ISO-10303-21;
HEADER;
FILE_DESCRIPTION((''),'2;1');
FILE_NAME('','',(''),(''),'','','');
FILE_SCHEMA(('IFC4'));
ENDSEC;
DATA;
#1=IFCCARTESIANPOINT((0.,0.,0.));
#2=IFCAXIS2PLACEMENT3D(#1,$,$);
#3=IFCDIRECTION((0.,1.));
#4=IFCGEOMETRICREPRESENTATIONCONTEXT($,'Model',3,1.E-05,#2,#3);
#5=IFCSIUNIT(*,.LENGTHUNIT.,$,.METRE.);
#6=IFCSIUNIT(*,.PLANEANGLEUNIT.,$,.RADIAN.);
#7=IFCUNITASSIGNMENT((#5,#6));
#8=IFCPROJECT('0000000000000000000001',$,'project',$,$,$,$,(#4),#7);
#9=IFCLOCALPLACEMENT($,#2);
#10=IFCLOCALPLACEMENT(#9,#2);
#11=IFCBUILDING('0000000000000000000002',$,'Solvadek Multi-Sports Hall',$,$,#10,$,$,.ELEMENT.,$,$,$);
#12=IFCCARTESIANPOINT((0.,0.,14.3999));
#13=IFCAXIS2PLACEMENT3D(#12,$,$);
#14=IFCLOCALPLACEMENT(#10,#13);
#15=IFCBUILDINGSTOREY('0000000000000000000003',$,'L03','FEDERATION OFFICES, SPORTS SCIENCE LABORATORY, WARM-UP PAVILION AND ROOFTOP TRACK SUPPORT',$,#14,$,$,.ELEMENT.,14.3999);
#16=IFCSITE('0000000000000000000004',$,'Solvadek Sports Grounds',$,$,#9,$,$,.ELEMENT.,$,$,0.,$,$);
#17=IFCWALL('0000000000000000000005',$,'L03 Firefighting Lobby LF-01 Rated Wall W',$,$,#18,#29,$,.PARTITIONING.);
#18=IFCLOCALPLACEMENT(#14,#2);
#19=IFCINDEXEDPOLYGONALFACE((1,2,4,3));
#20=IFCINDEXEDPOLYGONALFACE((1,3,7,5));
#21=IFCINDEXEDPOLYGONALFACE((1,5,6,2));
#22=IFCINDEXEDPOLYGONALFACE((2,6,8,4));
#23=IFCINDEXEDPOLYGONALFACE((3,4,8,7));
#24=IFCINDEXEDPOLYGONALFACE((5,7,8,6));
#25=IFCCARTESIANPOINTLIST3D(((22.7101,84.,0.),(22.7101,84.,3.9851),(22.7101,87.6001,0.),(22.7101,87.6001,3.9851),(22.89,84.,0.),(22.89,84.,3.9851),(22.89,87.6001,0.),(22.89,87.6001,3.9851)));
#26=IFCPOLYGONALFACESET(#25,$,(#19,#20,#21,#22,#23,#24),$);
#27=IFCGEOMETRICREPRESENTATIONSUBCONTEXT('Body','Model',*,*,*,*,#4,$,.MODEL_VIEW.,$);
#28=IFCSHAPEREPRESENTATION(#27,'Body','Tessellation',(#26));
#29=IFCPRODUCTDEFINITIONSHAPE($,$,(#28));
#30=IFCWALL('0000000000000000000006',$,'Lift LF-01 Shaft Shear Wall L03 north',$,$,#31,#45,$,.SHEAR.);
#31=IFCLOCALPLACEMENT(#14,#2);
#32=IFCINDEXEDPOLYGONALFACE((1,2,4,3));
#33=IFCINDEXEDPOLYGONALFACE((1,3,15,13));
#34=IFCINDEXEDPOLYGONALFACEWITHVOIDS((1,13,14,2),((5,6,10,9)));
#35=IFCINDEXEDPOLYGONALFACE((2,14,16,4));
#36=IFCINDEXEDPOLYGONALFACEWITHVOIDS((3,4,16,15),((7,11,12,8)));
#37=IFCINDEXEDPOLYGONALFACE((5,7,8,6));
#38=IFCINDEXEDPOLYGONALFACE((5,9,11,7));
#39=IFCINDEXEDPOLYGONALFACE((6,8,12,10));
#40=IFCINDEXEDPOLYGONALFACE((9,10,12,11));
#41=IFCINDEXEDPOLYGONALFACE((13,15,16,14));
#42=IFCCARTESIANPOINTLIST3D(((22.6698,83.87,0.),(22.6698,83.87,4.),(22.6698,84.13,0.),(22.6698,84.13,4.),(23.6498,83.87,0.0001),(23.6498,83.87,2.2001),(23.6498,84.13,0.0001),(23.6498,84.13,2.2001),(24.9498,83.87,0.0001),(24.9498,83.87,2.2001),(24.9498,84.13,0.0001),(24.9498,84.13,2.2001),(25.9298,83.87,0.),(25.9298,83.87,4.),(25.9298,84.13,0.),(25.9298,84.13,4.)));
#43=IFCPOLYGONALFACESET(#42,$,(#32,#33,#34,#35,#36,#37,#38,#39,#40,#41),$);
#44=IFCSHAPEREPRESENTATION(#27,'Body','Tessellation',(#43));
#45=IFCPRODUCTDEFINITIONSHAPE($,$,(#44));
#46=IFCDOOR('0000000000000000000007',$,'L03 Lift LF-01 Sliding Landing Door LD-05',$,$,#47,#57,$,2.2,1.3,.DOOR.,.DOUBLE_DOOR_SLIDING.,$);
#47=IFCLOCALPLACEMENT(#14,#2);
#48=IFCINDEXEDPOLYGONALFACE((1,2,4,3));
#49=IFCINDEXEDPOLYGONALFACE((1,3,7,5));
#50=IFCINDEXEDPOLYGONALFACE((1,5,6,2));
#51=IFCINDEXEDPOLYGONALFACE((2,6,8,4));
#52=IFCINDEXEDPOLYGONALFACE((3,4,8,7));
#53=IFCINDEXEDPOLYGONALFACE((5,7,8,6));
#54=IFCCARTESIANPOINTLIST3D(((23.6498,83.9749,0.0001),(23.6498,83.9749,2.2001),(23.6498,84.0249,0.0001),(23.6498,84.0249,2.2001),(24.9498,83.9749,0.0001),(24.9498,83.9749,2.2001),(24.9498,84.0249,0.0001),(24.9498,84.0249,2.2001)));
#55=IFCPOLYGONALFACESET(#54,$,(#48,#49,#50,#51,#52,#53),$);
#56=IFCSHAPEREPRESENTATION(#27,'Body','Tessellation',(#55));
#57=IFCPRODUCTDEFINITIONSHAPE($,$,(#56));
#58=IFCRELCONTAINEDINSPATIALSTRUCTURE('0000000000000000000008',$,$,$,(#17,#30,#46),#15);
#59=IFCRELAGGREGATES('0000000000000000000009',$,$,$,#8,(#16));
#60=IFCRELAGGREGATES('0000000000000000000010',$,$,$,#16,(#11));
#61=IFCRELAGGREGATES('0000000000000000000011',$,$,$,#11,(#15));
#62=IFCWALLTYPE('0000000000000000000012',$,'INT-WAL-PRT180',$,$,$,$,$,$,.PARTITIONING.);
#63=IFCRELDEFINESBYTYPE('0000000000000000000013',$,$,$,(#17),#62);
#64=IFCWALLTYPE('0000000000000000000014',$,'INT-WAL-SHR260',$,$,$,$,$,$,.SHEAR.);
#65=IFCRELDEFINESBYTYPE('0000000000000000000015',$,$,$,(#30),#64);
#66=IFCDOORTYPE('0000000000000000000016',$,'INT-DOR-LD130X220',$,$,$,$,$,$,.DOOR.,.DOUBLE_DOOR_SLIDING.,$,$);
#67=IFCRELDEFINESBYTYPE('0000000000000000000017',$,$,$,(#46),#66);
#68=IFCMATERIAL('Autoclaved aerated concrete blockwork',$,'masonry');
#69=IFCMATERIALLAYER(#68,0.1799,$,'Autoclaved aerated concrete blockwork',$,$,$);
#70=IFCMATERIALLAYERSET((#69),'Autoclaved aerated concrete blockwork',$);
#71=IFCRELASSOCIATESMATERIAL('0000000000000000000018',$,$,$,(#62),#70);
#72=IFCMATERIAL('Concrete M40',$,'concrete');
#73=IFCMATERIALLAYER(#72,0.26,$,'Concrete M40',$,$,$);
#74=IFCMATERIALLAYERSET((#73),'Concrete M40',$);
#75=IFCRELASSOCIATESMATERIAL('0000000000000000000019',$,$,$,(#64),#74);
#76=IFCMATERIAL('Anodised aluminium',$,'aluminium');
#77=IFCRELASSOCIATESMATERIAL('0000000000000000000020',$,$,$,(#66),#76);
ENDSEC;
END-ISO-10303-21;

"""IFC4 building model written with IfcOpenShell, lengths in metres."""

from ifc_helpers import new_model, si_unit, direction, frame, frame_2d, origin, place, context, subcontext, project, spatial, rectangle, extrude, material, layer, layer_set, type_object, element, fill, save


model = new_model("IFC4")

# Units and contexts
model_context = context("Model", 3, precision=1e-05, world=origin(), true_north=direction((0.0, 1.0)))
body_context = subcontext(model_context, "Body", "Model", "MODEL_VIEW")
ifc_project = project(units=[si_unit("LENGTHUNIT", "METRE"), si_unit("PLANEANGLEUNIT", "RADIAN")], contexts=[model_context])

# Site, building, storey
site_placement = place(None, origin())
site = spatial("IfcSite", under=ifc_project, at=site_placement, Name="Solvadek Sports Grounds", CompositionType="ELEMENT", RefElevation=0.0)
building_placement = place(site_placement, origin())
building = spatial("IfcBuilding", under=site, at=building_placement, Name="Solvadek Multi-Sports Hall", CompositionType="ELEMENT")
storey_placement = place(building_placement, frame((0.0, 0.0, 14.3999)))
storey = spatial("IfcBuildingStorey", under=building, at=storey_placement, Name="L03", Description="FEDERATION OFFICES, SPORTS SCIENCE LABORATORY, WARM-UP PAVILION AND ROOFTOP TRACK SUPPORT", CompositionType="ELEMENT", Elevation=14.3999)

# Shared definitions
ifc_material_1 = material(Name="Anodised aluminium", Category="aluminium")

# Wall
ifc_material_2 = material(Name="Autoclaved aerated concrete blockwork", Category="masonry")
ifc_layer_1 = layer(ifc_material_2, 0.1799, Name="Autoclaved aerated concrete blockwork")
ifc_layer_set_1 = layer_set([ifc_layer_1], Name="Autoclaved aerated concrete blockwork")
wall_type_1 = type_object("IfcWallType", Name="INT-WAL-PRT180", PredefinedType="PARTITIONING", material=ifc_layer_set_1)
wall_1_placement = place(storey_placement, frame((22.8, 84.0, 0.0), z_axis=(0.0, 0.0, 1.0), x_axis=(0.0, 1.0, 0.0)))
element("IfcWall", 1, at=wall_1_placement, inside=storey, type_object=wall_type_1, Name="L03 Firefighting Lobby LF-01 Rated Wall W", PredefinedType="PARTITIONING", context=body_context, shape_type="SweptSolid", body=[
    extrude(rectangle(XDim=3.6001, YDim=0.1799, at=frame_2d((1.8, 0.0))), origin(), (0.0, 0.0, 1.0), 3.9851),
])

# Wall, opening, door
ifc_material_3 = material(Name="Concrete M40", Category="concrete")
ifc_layer_2 = layer(ifc_material_3, 0.26, Name="Concrete M40")
ifc_layer_set_2 = layer_set([ifc_layer_2], Name="Concrete M40")
wall_type_2 = type_object("IfcWallType", Name="INT-WAL-SHR260", PredefinedType="SHEAR", material=ifc_layer_set_2)
wall_2_placement = place(storey_placement, frame((22.6699, 84.0, 0.0), z_axis=(0.0, 0.0, 1.0), x_axis=(1.0, 0.0, 0.0)))
wall_2 = element("IfcWall", 2, at=wall_2_placement, inside=storey, type_object=wall_type_2, Name="Lift LF-01 Shaft Shear Wall L03 north", PredefinedType="SHEAR", context=body_context, shape_type="SweptSolid", body=[
    extrude(rectangle(XDim=3.26, YDim=0.26, at=frame_2d((1.6299, 0.0))), origin(), (0.0, 0.0, 1.0), 4.0),
])
opening_placement = place(wall_2_placement, frame((0.98, 0.0, 0.0)))
opening = element("IfcOpeningElement", 3, at=opening_placement, cuts=wall_2, PredefinedType="OPENING", context=body_context, shape_type="SweptSolid", body=[
    extrude(rectangle(XDim=1.3, YDim=2.2, at=frame_2d((0.6499, 1.1001))), frame((0.0, 0.1399, 0.0), z_axis=(0.0, -1.0, 0.0), x_axis=(1.0, 0.0, 0.0)), (0.0, 0.0, 1.0), 0.28),
])
door_type = type_object("IfcDoorType", Name="INT-DOR-LD130X220", OperationType="DOUBLE_DOOR_SLIDING", PredefinedType="DOOR", material=ifc_material_1)
door_placement = place(opening_placement, origin())
door = element("IfcDoor", 4, at=door_placement, inside=storey, type_object=door_type, Name="L03 Lift LF-01 Sliding Landing Door LD-05", OperationType="DOUBLE_DOOR_SLIDING", OverallHeight=2.2, OverallWidth=1.3, PredefinedType="DOOR", context=body_context, shape_type="SweptSolid", body=[
    extrude(rectangle(XDim=1.3, YDim=2.2, at=frame_2d((0.6499, 1.1001))), frame((0.0, 0.0249, 0.0), z_axis=(0.0, -1.0, 0.0), x_axis=(1.0, 0.0, 0.0)), (0.0, 0.0, 1.0), 0.05),
])
fill(opening, door)

save(model, "model.ifc")
